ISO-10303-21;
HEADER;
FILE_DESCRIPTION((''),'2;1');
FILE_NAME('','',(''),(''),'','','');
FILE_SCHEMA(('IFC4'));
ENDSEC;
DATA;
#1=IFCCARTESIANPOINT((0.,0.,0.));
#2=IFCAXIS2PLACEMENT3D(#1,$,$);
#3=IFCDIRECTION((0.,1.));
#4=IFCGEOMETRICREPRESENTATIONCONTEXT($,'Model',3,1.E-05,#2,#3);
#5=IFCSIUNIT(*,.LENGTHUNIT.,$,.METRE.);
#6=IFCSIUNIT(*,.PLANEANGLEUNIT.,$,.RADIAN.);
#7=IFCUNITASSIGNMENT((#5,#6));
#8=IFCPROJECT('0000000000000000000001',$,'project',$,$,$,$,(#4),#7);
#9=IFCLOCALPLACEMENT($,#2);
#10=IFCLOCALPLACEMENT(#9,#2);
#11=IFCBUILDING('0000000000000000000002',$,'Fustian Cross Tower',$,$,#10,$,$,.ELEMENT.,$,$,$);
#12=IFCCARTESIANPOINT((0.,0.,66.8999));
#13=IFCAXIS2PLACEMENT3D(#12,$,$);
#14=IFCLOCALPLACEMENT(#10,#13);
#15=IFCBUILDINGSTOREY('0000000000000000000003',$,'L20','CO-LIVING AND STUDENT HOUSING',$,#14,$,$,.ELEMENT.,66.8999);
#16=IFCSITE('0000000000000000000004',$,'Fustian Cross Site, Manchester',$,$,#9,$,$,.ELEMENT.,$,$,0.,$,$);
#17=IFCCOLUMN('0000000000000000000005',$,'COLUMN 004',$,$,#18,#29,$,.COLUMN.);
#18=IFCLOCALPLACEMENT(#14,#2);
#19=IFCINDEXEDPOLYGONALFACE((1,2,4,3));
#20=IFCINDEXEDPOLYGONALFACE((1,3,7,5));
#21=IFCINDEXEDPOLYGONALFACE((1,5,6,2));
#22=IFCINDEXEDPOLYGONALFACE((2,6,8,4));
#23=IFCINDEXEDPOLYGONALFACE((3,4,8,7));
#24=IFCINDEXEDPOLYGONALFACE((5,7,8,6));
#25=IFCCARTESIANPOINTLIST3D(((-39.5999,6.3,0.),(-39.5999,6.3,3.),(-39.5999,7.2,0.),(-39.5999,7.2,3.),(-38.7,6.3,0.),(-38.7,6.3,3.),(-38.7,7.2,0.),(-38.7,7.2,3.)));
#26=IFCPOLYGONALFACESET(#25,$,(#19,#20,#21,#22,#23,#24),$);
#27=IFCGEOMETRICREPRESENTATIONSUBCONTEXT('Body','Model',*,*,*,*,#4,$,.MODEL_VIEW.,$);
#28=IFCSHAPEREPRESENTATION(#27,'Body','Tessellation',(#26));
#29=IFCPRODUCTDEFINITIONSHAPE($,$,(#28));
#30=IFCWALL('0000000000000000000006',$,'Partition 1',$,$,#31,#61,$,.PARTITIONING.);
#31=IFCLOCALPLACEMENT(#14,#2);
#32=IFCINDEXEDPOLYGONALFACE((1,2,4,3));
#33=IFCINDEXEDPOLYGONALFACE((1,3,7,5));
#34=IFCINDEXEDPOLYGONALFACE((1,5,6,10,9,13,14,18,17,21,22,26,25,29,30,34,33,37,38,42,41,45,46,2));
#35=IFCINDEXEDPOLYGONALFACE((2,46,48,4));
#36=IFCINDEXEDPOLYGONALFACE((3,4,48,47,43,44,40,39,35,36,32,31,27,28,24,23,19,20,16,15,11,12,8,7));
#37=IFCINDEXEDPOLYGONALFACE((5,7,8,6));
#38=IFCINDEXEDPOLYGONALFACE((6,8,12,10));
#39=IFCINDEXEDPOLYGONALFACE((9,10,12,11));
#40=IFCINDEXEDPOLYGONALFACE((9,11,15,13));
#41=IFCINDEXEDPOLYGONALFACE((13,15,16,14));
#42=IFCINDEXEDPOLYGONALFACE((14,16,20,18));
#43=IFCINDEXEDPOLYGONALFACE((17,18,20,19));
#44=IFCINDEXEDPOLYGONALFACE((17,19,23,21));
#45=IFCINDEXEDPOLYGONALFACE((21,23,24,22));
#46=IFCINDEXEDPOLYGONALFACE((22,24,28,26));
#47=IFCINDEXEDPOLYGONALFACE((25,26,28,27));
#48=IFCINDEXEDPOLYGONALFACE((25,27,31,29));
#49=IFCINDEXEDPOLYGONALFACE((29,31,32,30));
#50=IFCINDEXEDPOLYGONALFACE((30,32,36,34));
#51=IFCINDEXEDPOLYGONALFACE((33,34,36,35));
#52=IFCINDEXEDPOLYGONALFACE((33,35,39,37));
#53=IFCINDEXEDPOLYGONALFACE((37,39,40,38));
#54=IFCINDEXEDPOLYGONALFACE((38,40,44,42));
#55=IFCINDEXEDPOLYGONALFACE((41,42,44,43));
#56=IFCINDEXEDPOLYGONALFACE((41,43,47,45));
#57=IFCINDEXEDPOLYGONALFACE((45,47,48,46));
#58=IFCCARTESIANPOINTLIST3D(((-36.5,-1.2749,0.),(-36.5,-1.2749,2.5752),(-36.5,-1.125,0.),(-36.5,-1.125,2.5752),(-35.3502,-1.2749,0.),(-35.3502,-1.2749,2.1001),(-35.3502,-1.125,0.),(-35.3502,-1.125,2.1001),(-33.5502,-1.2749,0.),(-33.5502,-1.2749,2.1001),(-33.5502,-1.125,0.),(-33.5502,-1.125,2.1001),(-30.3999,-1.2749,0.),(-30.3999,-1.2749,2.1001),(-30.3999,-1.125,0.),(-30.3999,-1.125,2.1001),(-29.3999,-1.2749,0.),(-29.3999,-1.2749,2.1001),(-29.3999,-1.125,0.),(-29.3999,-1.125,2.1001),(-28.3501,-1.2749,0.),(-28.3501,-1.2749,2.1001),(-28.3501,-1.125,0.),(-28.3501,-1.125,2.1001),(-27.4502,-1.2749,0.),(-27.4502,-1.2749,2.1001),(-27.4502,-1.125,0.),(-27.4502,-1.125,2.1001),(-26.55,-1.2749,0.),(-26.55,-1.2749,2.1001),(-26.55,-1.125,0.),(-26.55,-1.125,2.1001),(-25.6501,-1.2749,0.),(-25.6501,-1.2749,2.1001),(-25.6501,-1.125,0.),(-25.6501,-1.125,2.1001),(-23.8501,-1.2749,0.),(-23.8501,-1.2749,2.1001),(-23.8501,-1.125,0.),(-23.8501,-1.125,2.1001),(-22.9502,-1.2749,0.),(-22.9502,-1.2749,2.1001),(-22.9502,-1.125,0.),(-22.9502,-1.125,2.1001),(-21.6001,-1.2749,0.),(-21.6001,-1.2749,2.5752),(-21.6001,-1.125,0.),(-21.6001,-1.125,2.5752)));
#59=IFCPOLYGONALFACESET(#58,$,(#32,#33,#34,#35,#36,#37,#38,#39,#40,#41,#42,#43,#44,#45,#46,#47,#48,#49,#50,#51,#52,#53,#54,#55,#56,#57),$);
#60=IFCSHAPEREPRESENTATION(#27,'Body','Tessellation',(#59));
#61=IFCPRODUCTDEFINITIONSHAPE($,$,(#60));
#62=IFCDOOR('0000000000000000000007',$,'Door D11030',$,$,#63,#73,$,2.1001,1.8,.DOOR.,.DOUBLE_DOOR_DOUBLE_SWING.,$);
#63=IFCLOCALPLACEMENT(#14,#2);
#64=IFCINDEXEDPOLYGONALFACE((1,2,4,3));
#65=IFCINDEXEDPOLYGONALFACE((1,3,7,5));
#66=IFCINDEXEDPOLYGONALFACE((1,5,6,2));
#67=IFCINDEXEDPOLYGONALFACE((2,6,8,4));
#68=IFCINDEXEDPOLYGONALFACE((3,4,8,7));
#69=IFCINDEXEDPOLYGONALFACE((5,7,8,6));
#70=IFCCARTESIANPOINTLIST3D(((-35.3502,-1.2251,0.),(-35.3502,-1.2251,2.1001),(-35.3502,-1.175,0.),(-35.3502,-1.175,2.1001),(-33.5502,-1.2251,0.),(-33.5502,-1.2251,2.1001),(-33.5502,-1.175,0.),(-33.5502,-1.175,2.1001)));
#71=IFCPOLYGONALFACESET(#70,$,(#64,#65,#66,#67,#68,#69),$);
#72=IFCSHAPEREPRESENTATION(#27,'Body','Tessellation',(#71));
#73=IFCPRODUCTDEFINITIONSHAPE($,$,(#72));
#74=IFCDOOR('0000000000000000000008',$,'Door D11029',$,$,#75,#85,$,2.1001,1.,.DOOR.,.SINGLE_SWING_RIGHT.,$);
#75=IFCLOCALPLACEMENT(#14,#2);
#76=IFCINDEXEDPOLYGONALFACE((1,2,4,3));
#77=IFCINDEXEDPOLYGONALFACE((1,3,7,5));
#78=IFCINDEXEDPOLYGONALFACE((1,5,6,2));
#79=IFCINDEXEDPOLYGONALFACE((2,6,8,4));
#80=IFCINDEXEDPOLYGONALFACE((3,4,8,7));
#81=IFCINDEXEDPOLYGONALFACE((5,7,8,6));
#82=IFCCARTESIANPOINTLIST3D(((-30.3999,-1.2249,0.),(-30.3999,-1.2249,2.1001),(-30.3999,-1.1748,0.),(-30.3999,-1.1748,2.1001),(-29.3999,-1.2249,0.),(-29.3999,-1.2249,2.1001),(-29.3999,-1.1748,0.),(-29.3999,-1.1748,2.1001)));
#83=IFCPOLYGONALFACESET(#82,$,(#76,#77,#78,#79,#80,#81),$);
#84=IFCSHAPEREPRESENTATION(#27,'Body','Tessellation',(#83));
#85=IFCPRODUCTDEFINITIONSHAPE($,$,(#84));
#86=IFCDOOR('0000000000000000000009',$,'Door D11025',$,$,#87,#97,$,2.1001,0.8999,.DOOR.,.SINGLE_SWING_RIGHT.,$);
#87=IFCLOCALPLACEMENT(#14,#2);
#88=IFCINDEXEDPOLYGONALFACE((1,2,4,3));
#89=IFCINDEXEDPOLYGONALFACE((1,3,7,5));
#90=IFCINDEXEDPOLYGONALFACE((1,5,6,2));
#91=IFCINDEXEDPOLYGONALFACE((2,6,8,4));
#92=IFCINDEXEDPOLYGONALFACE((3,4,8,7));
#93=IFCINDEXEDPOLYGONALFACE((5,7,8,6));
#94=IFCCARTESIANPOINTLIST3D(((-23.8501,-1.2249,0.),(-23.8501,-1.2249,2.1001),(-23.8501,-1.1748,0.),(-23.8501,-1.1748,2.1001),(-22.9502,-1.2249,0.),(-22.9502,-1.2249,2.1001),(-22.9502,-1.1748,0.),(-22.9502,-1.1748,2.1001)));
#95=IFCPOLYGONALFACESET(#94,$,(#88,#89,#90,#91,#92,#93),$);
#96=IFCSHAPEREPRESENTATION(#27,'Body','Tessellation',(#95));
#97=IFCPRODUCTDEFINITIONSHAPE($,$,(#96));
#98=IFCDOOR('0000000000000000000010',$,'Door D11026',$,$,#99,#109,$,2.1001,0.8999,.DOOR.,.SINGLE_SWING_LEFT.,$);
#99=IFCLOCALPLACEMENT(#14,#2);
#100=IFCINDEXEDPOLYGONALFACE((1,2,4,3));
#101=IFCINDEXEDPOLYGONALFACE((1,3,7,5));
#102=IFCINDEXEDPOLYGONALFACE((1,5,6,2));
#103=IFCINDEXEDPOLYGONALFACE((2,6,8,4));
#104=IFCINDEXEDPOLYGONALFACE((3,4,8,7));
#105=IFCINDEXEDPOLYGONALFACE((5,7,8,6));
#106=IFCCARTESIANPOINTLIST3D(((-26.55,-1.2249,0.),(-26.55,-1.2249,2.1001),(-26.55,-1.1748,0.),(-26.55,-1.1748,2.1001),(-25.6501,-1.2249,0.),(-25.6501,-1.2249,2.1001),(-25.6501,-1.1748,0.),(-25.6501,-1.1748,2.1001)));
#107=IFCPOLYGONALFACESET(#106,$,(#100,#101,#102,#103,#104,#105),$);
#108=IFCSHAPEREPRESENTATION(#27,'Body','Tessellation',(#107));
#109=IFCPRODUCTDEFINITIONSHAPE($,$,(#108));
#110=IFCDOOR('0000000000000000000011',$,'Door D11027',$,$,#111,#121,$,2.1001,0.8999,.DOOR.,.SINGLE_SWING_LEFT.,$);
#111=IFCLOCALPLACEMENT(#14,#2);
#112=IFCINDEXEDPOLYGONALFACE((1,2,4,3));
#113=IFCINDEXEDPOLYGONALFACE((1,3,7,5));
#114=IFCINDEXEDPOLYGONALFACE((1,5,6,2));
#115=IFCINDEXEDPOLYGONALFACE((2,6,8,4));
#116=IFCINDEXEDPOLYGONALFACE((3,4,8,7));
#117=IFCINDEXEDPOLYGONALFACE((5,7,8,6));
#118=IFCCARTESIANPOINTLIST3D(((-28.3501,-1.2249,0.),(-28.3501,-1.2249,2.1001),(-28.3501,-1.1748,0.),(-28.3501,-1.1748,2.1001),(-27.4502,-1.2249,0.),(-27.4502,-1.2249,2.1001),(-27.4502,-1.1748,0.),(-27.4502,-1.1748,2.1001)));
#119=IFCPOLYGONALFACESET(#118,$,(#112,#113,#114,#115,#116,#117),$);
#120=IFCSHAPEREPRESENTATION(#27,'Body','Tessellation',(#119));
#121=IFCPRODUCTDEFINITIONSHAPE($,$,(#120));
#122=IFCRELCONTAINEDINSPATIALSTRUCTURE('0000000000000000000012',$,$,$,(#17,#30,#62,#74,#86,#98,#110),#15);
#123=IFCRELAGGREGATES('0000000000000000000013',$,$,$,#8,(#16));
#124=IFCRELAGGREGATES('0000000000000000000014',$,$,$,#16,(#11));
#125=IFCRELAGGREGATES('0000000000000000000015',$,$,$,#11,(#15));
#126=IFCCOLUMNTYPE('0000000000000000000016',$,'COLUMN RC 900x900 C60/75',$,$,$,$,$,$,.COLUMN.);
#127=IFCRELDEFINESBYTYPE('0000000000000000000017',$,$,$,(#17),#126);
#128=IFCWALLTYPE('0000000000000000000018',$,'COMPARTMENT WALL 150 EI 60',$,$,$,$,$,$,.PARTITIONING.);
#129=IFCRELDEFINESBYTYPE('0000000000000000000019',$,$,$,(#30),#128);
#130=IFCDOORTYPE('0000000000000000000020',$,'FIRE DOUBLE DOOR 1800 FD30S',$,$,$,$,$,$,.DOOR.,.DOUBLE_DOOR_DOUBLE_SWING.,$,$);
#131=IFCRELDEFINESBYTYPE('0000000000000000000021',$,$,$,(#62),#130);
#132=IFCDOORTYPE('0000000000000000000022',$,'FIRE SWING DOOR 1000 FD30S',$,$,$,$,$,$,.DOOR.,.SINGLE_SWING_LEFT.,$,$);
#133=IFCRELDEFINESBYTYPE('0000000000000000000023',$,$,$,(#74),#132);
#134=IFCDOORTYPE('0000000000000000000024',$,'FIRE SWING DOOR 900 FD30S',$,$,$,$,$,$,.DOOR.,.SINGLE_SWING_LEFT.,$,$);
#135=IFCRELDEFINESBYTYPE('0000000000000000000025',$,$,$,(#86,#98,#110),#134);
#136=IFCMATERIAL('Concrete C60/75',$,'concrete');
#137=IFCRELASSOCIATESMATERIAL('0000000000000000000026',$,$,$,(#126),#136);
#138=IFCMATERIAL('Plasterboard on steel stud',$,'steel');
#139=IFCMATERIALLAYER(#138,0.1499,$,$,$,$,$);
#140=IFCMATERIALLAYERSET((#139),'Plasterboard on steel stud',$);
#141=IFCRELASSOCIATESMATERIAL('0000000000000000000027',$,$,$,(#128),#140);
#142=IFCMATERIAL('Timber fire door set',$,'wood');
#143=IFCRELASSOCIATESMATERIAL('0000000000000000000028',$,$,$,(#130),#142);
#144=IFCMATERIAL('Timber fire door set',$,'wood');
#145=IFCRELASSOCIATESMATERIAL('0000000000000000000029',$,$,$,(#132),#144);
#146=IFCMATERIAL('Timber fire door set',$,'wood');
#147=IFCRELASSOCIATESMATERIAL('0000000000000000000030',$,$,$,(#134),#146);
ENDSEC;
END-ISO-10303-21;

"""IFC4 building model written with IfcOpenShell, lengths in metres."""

from ifc_helpers import new_model, si_unit, direction, frame, frame_2d, origin, origin_2d, place, context, subcontext, project, spatial, rectangle, extrude, material, layer, layer_set, material_profile, profile_set, type_object, element, fill, save


model = new_model("IFC4")

# Units and contexts
model_context = context("Model", 3, precision=1e-05, world=origin(), true_north=direction((0.0, 1.0)))
body_context = subcontext(model_context, "Body", "Model", "MODEL_VIEW")
ifc_project = project(units=[si_unit("LENGTHUNIT", "METRE"), si_unit("PLANEANGLEUNIT", "RADIAN")], contexts=[model_context])

# Site, building, storey
site_placement = place(None, origin())
site = spatial("IfcSite", under=ifc_project, at=site_placement, Name="Fustian Cross Site, Manchester", CompositionType="ELEMENT", RefElevation=0.0)
building_placement = place(site_placement, origin())
building = spatial("IfcBuilding", under=site, at=building_placement, Name="Fustian Cross Tower", CompositionType="ELEMENT")
storey_placement = place(building_placement, frame((0.0, 0.0, 66.8999)))
storey = spatial("IfcBuildingStorey", under=building, at=storey_placement, Name="L20", Description="CO-LIVING AND STUDENT HOUSING", CompositionType="ELEMENT", Elevation=66.8999)

# Column
ifc_material_1 = material(Name="Concrete C60/75", Category="concrete")
ifc_material_profile = material_profile(ifc_material_1, rectangle(XDim=0.8999, YDim=0.8999, at=origin_2d()), Name="RC 900x900")
ifc_profile_set = profile_set([ifc_material_profile], Name="Concrete C60/75")
column_type = type_object("IfcColumnType", Name="COLUMN RC 900x900 C60/75", PredefinedType="COLUMN", material=ifc_profile_set)
column_placement = place(storey_placement, frame((-39.1499, 6.75, 0.0), z_axis=(0.0, 0.0, 1.0), x_axis=(1.0, 0.0, 0.0)))
element("IfcColumn", 1, at=column_placement, inside=storey, type_object=column_type, Name="COLUMN 004", PredefinedType="COLUMN", context=body_context, shape_type="SweptSolid", body=[
    extrude(rectangle(XDim=0.8999, YDim=0.8999, at=origin_2d()), origin(), (0.0, 0.0, 1.0), 3.0),
])

# Wall, openings, doors
ifc_material_2 = material(Name="Plasterboard on steel stud", Category="steel")
ifc_layer_1 = layer(ifc_material_2, 0.1499)
ifc_layer_set_1 = layer_set([ifc_layer_1], Name="Plasterboard on steel stud")
wall_type_1 = type_object("IfcWallType", Name="COMPARTMENT WALL 150 EI 60", PredefinedType="PARTITIONING", material=ifc_layer_set_1)
wall_1_placement = place(storey_placement, frame((-36.5, -1.2, 0.0), z_axis=(0.0, 0.0, 1.0), x_axis=(1.0, 0.0, 0.0)))
wall_1 = element("IfcWall", 2, at=wall_1_placement, inside=storey, type_object=wall_type_1, Name="Partition 1", PredefinedType="PARTITIONING", context=body_context, shape_type="SweptSolid", body=[
    extrude(rectangle(XDim=14.8999, YDim=0.1499, at=frame_2d((7.45, 0.0))), origin(), (0.0, 0.0, 1.0), 2.5752),
])
opening_1_placement = place(wall_1_placement, frame((12.6499, 0.0, 0.0)))
opening_1 = element("IfcOpeningElement", 3, at=opening_1_placement, cuts=wall_1, PredefinedType="OPENING", context=body_context, shape_type="SweptSolid", body=[
    extrude(rectangle(XDim=0.8999, YDim=2.1001, at=frame_2d((0.45, 1.05))), frame((0.0, 0.085, 0.0), z_axis=(0.0, -1.0, 0.0), x_axis=(1.0, 0.0, 0.0)), (0.0, 0.0, 1.0), 0.1699),
])
opening_2_placement = place(wall_1_placement, frame((9.95, 0.0, 0.0)))
opening_2 = element("IfcOpeningElement", 4, at=opening_2_placement, cuts=wall_1, PredefinedType="OPENING", context=body_context, shape_type="SweptSolid", body=[
    extrude(rectangle(XDim=0.8999, YDim=2.1001, at=frame_2d((0.45, 1.05))), frame((0.0, 0.085, 0.0), z_axis=(0.0, -1.0, 0.0), x_axis=(1.0, 0.0, 0.0)), (0.0, 0.0, 1.0), 0.1699),
])
opening_3_placement = place(wall_1_placement, frame((8.1499, 0.0, 0.0)))
opening_3 = element("IfcOpeningElement", 5, at=opening_3_placement, cuts=wall_1, PredefinedType="OPENING", context=body_context, shape_type="SweptSolid", body=[
    extrude(rectangle(XDim=0.8999, YDim=2.1001, at=frame_2d((0.45, 1.05))), frame((0.0, 0.085, 0.0), z_axis=(0.0, -1.0, 0.0), x_axis=(1.0, 0.0, 0.0)), (0.0, 0.0, 1.0), 0.1699),
])
opening_4_placement = place(wall_1_placement, frame((6.1001, 0.0, 0.0)))
opening_4 = element("IfcOpeningElement", 6, at=opening_4_placement, cuts=wall_1, PredefinedType="OPENING", context=body_context, shape_type="SweptSolid", body=[
    extrude(rectangle(XDim=1.0, YDim=2.1001, at=frame_2d((0.5, 1.05))), frame((0.0, 0.085, 0.0), z_axis=(0.0, -1.0, 0.0), x_axis=(1.0, 0.0, 0.0)), (0.0, 0.0, 1.0), 0.1699),
])
opening_5_placement = place(wall_1_placement, frame((1.1499, 0.0, 0.0)))
opening_5 = element("IfcOpeningElement", 7, at=opening_5_placement, cuts=wall_1, PredefinedType="OPENING", context=body_context, shape_type="SweptSolid", body=[
    extrude(rectangle(XDim=1.8, YDim=2.1001, at=frame_2d((0.8999, 1.05))), frame((0.0, 0.085, 0.0), z_axis=(0.0, -1.0, 0.0), x_axis=(1.0, 0.0, 0.0)), (0.0, 0.0, 1.0), 0.1699),
])
ifc_material_3 = material(Name="Timber fire door set", Category="wood")
door_type_1 = type_object("IfcDoorType", Name="FIRE DOUBLE DOOR 1800 FD30S", OperationType="DOUBLE_DOOR_DOUBLE_SWING", PredefinedType="DOOR", material=ifc_material_3)
door_1_placement = place(opening_5_placement, origin())
door_1 = element("IfcDoor", 8, at=door_1_placement, inside=storey, type_object=door_type_1, Name="Door D11030", OperationType="DOUBLE_DOOR_DOUBLE_SWING", OverallHeight=2.1001, OverallWidth=1.8, PredefinedType="DOOR", context=body_context, shape_type="SweptSolid", body=[
    extrude(rectangle(XDim=1.8, YDim=2.1001, at=frame_2d((0.8999, 1.05))), frame((0.0, 0.0249, 0.0), z_axis=(0.0, -1.0, 0.0), x_axis=(1.0, 0.0, 0.0)), (0.0, 0.0, 1.0), 0.05),
])
fill(opening_5, door_1)
ifc_material_4 = material(Name="Timber fire door set", Category="wood")
door_type_2 = type_object("IfcDoorType", Name="FIRE SWING DOOR 1000 FD30S", OperationType="SINGLE_SWING_LEFT", PredefinedType="DOOR", material=ifc_material_4)
door_2_placement = place(opening_4_placement, frame((1.0, 0.0, 0.0), z_axis=(0.0, 0.0, 1.0), x_axis=(-1.0, 0.0, 0.0)))
door_2 = element("IfcDoor", 9, at=door_2_placement, inside=storey, type_object=door_type_2, Name="Door D11029", OperationType="SINGLE_SWING_RIGHT", OverallHeight=2.1001, OverallWidth=1.0, PredefinedType="DOOR", context=body_context, shape_type="SweptSolid", body=[
    extrude(rectangle(XDim=1.0, YDim=2.1001, at=frame_2d((0.5, 1.05))), frame((0.0, 0.0249, 0.0), z_axis=(0.0, -1.0, 0.0), x_axis=(1.0, 0.0, 0.0)), (0.0, 0.0, 1.0), 0.05),
])
fill(opening_4, door_2)
ifc_material_5 = material(Name="Timber fire door set", Category="wood")
door_type_3 = type_object("IfcDoorType", Name="FIRE SWING DOOR 900 FD30S", OperationType="SINGLE_SWING_LEFT", PredefinedType="DOOR", material=ifc_material_5)
door_3_placement = place(opening_1_placement, frame((0.8999, 0.0, 0.0), z_axis=(0.0, 0.0, 1.0), x_axis=(-1.0, 0.0, 0.0)))
door_3 = element("IfcDoor", 10, at=door_3_placement, inside=storey, type_object=door_type_3, Name="Door D11025", OperationType="SINGLE_SWING_RIGHT", OverallHeight=2.1001, OverallWidth=0.8999, PredefinedType="DOOR", context=body_context, shape_type="SweptSolid", body=[
    extrude(rectangle(XDim=0.8999, YDim=2.1001, at=frame_2d((0.45, 1.05))), frame((0.0, 0.0249, 0.0), z_axis=(0.0, -1.0, 0.0), x_axis=(1.0, 0.0, 0.0)), (0.0, 0.0, 1.0), 0.05),
])
fill(opening_1, door_3)
door_4_placement = place(opening_2_placement, frame((0.8999, 0.0, 0.0), z_axis=(0.0, 0.0, 1.0), x_axis=(-1.0, 0.0, 0.0)))
door_4 = element("IfcDoor", 11, at=door_4_placement, inside=storey, type_object=door_type_3, Name="Door D11026", OperationType="SINGLE_SWING_LEFT", OverallHeight=2.1001, OverallWidth=0.8999, PredefinedType="DOOR", context=body_context, shape_type="SweptSolid", body=[
    extrude(rectangle(XDim=0.8999, YDim=2.1001, at=frame_2d((0.45, 1.05))), frame((0.0, 0.0249, 0.0), z_axis=(0.0, -1.0, 0.0), x_axis=(1.0, 0.0, 0.0)), (0.0, 0.0, 1.0), 0.05),
])
fill(opening_2, door_4)
door_5_placement = place(opening_3_placement, frame((0.8999, 0.0, 0.0), z_axis=(0.0, 0.0, 1.0), x_axis=(-1.0, 0.0, 0.0)))
door_5 = element("IfcDoor", 12, at=door_5_placement, inside=storey, type_object=door_type_3, Name="Door D11027", OperationType="SINGLE_SWING_LEFT", OverallHeight=2.1001, OverallWidth=0.8999, PredefinedType="DOOR", context=body_context, shape_type="SweptSolid", body=[
    extrude(rectangle(XDim=0.8999, YDim=2.1001, at=frame_2d((0.45, 1.05))), frame((0.0, 0.0249, 0.0), z_axis=(0.0, -1.0, 0.0), x_axis=(1.0, 0.0, 0.0)), (0.0, 0.0, 1.0), 0.05),
])
fill(opening_3, door_5)

save(model, "model.ifc")
